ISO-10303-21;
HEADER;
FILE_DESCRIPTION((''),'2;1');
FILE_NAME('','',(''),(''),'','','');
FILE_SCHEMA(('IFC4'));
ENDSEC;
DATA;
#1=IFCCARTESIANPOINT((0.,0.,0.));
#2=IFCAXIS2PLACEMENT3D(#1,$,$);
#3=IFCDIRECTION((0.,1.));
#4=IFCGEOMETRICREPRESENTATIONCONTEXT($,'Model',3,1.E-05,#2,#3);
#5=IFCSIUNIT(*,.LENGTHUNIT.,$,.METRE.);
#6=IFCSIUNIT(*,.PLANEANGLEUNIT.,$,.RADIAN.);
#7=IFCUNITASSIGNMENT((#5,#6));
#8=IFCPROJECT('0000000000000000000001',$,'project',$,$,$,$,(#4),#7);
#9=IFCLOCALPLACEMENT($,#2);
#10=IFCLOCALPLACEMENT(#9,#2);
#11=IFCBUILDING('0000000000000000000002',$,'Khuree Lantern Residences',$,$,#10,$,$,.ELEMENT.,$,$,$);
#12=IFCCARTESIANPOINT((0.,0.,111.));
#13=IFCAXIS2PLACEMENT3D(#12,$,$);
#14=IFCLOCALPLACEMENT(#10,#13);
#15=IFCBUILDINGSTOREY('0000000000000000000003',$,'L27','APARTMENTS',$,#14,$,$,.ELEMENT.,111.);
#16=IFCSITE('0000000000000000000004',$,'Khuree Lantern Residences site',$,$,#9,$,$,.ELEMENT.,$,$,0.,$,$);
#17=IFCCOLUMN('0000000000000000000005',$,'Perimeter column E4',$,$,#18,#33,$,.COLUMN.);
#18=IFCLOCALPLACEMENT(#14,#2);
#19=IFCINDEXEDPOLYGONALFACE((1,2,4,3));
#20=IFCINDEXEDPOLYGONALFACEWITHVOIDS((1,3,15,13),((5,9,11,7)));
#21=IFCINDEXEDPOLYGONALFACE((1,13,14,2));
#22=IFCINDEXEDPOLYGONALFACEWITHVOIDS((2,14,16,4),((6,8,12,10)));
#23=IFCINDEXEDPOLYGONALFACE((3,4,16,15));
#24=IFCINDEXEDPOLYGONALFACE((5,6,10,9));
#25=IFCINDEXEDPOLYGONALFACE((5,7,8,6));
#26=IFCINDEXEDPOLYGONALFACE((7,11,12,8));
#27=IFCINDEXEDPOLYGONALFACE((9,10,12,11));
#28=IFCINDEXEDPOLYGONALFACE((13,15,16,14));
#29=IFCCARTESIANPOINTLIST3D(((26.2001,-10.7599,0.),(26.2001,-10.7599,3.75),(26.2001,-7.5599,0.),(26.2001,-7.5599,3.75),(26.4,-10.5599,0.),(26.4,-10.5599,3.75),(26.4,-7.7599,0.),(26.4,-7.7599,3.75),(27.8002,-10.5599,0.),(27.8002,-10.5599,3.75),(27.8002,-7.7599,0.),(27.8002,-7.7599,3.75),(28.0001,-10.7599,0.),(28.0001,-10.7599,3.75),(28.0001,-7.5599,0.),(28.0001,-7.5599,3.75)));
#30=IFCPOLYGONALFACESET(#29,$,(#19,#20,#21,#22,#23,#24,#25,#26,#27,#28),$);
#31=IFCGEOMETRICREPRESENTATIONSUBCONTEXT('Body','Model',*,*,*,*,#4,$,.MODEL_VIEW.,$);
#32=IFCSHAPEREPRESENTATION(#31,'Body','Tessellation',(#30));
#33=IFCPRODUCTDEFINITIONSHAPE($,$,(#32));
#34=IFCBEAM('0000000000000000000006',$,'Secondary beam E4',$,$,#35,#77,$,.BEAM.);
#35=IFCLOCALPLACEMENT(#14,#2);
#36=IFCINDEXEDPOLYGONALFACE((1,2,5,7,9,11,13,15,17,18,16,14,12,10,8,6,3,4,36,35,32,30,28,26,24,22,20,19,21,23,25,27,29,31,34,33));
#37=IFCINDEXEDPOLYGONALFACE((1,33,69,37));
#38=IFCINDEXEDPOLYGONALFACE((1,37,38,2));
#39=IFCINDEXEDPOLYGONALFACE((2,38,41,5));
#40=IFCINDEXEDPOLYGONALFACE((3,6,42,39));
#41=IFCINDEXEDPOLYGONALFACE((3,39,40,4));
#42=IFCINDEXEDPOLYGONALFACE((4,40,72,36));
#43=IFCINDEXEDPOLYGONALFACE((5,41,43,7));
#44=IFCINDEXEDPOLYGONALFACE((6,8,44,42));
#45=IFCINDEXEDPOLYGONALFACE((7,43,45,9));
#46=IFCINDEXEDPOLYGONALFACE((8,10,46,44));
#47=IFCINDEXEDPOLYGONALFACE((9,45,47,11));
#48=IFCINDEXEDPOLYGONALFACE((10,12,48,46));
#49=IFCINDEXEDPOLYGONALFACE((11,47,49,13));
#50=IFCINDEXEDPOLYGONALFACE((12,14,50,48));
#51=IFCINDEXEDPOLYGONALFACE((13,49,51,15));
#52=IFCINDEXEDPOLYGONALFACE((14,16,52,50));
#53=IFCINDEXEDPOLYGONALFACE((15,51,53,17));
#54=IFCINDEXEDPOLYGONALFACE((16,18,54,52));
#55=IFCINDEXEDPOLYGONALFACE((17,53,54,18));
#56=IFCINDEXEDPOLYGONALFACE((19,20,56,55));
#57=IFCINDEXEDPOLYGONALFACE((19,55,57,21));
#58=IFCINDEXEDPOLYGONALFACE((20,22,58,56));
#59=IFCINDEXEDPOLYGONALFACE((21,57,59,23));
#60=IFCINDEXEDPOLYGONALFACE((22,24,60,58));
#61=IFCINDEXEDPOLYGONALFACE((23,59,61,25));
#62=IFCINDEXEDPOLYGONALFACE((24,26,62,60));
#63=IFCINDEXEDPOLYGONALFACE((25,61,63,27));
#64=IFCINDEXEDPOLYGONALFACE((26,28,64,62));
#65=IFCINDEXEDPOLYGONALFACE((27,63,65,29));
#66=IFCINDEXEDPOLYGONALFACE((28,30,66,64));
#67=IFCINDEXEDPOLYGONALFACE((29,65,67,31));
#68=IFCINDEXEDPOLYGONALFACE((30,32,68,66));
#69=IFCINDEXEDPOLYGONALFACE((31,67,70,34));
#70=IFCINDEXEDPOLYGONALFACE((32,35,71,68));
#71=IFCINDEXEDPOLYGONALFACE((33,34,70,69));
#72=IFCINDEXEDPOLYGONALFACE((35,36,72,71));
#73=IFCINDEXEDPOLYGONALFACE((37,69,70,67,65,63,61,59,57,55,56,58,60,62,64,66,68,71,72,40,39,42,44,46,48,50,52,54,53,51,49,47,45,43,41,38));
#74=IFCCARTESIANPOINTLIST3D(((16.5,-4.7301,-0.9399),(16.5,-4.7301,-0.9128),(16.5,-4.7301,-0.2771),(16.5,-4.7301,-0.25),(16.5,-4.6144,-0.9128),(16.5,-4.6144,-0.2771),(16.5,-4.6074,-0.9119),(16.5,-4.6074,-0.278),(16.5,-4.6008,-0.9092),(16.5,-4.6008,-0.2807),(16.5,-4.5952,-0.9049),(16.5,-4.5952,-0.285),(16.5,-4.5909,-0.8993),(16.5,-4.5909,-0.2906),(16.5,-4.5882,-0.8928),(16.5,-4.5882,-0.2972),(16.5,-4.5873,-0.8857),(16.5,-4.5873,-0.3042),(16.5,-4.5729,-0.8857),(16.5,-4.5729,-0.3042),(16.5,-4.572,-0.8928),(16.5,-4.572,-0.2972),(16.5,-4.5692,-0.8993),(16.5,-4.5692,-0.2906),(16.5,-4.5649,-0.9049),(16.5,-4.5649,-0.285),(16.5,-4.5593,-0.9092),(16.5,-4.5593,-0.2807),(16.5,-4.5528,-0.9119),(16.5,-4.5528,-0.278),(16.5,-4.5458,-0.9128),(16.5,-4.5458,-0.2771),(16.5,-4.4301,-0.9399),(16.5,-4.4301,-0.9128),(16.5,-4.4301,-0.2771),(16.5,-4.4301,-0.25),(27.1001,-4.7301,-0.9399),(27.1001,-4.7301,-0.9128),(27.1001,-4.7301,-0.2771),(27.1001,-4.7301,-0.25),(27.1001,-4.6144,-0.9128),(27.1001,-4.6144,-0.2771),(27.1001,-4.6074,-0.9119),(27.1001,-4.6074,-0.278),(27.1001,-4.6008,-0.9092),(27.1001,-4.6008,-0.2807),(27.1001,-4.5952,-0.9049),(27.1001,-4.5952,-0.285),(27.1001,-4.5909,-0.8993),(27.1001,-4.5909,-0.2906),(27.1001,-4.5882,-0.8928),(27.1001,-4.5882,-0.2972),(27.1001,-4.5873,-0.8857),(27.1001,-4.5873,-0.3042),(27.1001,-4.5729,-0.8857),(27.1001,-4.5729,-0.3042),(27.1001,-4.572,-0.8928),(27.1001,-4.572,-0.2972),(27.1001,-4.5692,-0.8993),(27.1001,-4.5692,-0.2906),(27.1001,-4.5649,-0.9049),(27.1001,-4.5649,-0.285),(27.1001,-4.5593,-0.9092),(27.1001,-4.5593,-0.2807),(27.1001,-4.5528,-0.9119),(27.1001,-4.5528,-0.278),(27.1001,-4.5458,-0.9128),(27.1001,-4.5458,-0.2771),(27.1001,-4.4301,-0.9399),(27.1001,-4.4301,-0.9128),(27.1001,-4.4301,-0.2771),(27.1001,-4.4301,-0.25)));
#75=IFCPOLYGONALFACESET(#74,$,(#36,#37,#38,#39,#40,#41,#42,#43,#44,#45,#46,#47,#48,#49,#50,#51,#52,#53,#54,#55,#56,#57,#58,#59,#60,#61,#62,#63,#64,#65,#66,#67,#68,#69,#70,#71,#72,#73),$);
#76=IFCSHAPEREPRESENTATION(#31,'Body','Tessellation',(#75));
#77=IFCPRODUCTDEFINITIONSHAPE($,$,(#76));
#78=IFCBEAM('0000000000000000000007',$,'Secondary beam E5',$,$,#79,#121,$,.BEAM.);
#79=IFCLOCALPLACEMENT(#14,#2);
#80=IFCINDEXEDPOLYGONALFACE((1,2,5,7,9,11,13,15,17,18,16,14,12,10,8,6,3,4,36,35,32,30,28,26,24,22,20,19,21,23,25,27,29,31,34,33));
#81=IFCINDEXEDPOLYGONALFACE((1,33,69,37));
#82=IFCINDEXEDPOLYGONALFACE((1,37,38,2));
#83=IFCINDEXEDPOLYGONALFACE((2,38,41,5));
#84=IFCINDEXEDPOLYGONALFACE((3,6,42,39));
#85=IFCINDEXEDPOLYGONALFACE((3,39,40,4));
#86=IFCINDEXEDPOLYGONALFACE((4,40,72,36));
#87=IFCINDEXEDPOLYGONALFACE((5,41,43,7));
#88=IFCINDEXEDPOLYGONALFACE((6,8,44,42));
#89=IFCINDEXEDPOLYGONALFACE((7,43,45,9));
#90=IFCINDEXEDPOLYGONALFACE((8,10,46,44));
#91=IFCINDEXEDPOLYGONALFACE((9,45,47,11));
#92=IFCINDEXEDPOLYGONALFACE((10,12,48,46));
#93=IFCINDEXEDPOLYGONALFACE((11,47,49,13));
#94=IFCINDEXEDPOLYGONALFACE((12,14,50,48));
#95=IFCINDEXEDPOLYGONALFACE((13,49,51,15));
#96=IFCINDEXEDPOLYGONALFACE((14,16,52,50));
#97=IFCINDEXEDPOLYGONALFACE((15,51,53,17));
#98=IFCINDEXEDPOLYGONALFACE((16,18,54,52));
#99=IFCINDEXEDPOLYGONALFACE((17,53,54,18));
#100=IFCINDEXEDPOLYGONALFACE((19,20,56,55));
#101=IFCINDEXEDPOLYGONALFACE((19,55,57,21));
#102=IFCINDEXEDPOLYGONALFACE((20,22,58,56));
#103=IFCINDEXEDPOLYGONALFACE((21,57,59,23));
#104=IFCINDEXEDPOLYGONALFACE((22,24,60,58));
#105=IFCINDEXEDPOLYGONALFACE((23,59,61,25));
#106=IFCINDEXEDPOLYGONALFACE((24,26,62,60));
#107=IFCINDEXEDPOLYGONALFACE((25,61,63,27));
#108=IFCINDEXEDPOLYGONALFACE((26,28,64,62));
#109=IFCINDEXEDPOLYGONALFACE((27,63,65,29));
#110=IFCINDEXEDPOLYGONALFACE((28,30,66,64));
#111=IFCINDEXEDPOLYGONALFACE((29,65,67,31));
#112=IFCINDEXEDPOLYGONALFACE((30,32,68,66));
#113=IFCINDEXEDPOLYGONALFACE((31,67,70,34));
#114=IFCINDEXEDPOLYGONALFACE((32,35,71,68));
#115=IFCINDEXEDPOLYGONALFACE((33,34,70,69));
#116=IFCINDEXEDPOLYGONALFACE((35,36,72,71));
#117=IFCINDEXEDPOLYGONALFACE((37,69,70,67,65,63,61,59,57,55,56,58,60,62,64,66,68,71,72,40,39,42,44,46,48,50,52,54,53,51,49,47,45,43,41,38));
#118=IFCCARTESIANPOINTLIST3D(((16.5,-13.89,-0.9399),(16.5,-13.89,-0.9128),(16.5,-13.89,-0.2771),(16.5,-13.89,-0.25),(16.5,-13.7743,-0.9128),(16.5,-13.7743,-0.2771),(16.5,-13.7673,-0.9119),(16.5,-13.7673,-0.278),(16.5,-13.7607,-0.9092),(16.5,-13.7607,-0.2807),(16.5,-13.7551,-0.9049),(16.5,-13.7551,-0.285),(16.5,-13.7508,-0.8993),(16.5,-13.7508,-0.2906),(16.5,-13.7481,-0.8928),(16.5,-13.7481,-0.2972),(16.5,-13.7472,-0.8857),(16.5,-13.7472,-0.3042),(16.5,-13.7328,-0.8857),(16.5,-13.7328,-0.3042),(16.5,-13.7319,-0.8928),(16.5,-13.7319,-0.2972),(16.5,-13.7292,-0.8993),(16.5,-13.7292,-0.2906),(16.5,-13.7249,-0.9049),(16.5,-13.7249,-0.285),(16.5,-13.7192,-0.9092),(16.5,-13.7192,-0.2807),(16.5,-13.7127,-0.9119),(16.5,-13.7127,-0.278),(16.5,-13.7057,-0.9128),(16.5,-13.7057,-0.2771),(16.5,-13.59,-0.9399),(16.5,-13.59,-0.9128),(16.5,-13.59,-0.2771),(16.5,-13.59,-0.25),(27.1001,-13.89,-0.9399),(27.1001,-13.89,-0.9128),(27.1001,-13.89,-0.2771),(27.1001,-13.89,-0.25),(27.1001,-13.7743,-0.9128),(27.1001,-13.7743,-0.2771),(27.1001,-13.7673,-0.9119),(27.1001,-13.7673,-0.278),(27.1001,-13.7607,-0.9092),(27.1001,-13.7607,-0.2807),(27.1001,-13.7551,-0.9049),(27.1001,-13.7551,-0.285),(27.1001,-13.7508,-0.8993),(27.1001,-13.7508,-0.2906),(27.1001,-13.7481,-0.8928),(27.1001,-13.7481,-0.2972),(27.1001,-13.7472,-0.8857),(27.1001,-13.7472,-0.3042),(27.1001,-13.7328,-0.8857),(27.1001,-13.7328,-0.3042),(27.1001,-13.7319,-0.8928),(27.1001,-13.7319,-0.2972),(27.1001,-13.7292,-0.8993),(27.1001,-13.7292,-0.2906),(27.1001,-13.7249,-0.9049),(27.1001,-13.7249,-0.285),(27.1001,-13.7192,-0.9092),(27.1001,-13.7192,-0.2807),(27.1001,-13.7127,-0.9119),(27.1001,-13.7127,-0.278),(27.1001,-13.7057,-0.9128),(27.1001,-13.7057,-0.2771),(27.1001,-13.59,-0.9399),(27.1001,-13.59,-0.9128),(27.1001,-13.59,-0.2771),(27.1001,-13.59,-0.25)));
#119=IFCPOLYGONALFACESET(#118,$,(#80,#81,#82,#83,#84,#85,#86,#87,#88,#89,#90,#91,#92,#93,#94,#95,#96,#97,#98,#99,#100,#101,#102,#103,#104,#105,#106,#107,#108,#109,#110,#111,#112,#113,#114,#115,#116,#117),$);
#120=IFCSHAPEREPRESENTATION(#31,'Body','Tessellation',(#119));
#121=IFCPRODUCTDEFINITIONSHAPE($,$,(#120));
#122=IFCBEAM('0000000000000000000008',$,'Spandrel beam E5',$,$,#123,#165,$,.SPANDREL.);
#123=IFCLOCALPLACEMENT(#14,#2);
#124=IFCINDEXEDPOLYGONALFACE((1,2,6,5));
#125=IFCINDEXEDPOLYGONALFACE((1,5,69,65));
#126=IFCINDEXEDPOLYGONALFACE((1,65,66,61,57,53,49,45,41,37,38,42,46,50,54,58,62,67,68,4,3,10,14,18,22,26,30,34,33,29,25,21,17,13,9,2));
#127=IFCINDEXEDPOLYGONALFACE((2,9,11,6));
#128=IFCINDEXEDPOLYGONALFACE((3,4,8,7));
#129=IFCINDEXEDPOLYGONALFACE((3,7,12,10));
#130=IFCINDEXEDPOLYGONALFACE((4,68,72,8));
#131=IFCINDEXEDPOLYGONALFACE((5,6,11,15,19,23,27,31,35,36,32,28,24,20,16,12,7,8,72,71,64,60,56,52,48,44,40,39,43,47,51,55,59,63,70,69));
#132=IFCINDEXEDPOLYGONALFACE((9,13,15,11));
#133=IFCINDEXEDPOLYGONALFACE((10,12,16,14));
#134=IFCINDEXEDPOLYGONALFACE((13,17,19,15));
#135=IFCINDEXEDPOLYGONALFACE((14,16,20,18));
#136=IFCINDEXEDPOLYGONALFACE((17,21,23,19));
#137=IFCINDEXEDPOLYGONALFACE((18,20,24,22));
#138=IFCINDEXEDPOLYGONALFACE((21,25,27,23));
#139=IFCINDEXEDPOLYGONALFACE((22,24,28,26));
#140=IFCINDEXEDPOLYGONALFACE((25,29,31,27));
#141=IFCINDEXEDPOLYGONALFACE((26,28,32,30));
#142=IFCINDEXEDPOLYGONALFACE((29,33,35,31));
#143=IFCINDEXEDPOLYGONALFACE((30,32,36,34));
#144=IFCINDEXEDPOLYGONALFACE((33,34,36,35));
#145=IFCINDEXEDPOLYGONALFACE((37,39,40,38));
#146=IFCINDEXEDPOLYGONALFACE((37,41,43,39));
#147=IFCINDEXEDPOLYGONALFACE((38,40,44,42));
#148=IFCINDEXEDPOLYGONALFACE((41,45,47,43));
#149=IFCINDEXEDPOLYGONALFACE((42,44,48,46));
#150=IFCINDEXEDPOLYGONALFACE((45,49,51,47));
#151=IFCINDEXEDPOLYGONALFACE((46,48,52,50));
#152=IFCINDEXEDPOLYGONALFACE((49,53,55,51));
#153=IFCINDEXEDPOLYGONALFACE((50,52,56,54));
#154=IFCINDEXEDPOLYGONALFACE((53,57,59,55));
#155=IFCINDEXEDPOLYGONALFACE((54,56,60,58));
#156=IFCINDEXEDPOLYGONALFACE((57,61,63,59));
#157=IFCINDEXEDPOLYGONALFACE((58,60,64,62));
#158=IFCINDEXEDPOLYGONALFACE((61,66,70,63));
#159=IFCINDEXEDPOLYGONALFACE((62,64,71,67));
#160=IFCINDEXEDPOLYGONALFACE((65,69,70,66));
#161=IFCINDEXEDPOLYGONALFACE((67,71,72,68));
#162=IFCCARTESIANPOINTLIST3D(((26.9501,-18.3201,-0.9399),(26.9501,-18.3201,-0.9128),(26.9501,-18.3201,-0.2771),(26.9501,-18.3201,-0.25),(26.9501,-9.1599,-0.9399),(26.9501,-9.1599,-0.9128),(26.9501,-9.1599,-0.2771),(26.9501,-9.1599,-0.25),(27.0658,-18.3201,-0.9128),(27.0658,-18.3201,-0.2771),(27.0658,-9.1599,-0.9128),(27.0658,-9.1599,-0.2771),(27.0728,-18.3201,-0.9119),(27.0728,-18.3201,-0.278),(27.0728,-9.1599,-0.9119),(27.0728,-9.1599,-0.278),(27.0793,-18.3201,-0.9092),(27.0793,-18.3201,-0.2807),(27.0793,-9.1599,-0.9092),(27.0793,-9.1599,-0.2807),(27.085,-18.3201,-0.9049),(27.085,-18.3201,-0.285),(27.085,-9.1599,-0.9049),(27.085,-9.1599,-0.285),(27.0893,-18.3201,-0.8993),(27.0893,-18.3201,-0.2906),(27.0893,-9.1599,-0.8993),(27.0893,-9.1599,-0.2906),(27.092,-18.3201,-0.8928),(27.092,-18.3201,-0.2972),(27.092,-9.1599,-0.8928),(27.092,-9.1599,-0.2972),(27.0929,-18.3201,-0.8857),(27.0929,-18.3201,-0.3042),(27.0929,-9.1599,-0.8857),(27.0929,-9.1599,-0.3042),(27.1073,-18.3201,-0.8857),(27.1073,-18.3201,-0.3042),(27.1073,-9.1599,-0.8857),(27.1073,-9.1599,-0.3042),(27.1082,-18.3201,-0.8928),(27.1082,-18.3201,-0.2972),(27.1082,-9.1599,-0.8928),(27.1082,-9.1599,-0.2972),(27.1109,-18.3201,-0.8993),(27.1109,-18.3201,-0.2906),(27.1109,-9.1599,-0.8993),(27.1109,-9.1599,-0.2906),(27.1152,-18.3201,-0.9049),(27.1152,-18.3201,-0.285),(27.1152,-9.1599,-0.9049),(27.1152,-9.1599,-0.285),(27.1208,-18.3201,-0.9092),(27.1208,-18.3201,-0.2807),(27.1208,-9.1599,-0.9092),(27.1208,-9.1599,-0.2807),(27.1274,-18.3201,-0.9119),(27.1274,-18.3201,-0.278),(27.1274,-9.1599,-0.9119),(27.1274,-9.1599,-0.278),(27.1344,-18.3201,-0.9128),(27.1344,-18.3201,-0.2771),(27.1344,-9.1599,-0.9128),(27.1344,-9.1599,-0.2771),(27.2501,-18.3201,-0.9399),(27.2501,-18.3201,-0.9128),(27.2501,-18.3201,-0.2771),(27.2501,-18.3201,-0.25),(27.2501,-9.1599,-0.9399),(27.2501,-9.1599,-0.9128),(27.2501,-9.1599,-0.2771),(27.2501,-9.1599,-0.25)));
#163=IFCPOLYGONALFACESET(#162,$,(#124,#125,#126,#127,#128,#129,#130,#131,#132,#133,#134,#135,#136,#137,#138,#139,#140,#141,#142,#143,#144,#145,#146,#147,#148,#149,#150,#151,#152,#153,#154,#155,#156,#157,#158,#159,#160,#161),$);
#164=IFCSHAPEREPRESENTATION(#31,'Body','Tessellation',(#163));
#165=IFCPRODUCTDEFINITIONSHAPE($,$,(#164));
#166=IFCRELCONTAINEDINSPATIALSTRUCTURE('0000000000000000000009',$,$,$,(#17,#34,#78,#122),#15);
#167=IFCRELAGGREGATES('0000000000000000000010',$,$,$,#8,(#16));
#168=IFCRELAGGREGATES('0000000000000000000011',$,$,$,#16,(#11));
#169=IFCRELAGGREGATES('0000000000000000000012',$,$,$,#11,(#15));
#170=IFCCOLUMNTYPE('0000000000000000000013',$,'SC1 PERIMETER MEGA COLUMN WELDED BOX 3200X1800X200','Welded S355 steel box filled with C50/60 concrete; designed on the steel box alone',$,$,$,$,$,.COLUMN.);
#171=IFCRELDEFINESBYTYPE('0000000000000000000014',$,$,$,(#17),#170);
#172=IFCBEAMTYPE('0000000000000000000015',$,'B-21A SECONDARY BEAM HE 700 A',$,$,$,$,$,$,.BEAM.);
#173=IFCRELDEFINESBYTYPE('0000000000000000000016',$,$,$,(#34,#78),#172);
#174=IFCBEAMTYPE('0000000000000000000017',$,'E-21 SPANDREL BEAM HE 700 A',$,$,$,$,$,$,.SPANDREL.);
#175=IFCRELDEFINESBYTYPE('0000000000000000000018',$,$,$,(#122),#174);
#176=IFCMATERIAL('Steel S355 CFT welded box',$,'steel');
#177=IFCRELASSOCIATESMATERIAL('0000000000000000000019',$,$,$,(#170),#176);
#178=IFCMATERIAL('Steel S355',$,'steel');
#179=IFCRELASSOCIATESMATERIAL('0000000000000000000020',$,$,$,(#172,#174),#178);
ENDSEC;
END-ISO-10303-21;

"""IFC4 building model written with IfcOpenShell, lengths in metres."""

from ifc_helpers import new_model, si_unit, direction, frame, origin, origin_2d, place, context, subcontext, project, spatial, hollow_rectangle, i_section, extrude, material, material_profile, profile_set, type_object, element, save


model = new_model("IFC4")

# Units and contexts
model_context = context("Model", 3, precision=1e-05, world=origin(), true_north=direction((0.0, 1.0)))
body_context = subcontext(model_context, "Body", "Model", "MODEL_VIEW")
ifc_project = project(units=[si_unit("LENGTHUNIT", "METRE"), si_unit("PLANEANGLEUNIT", "RADIAN")], contexts=[model_context])

# Site, building, storey
site_placement = place(None, origin())
site = spatial("IfcSite", under=ifc_project, at=site_placement, Name="Khuree Lantern Residences site", CompositionType="ELEMENT", RefElevation=0.0)
building_placement = place(site_placement, origin())
building = spatial("IfcBuilding", under=site, at=building_placement, Name="Khuree Lantern Residences", CompositionType="ELEMENT")
storey_placement = place(building_placement, frame((0.0, 0.0, 111.0)))
storey = spatial("IfcBuildingStorey", under=building, at=storey_placement, Name="L27", Description="APARTMENTS", CompositionType="ELEMENT", Elevation=111.0)

# Column
ifc_material_1 = material(Name="Steel S355 CFT welded box", Category="steel")
ifc_material_profile_1 = material_profile(ifc_material_1, hollow_rectangle(XDim=3.2, YDim=1.8, WallThickness=0.2, at=origin_2d()), Name="WELDED BOX 3200X1800X200")
ifc_profile_set_1 = profile_set([ifc_material_profile_1], Name="Steel S355 CFT welded box")
column_type = type_object("IfcColumnType", Name="SC1 PERIMETER MEGA COLUMN WELDED BOX 3200X1800X200", Description="Welded S355 steel box filled with C50/60 concrete; designed on the steel box alone", PredefinedType="COLUMN", material=ifc_profile_set_1)
column_placement = place(storey_placement, frame((27.1001, -9.1599, 0.0), z_axis=(0.0, 0.0, 1.0), x_axis=(0.0, 1.0, 0.0)))
element("IfcColumn", 1, at=column_placement, inside=storey, type_object=column_type, Name="Perimeter column E4", PredefinedType="COLUMN", context=body_context, shape_type="SweptSolid", body=[
    extrude(hollow_rectangle(XDim=3.2, YDim=1.8, WallThickness=0.2, at=origin_2d()), origin(), (0.0, 0.0, 1.0), 3.75),
])

# Beams
ifc_material_2 = material(Name="Steel S355", Category="steel")
ifc_material_profile_2 = material_profile(ifc_material_2, i_section(OverallWidth=0.3, OverallDepth=0.6899, WebThickness=0.0144, FlangeThickness=0.0271, FilletRadius=0.0271, at=origin_2d()), Name="HE 700 A")
ifc_profile_set_2 = profile_set([ifc_material_profile_2], Name="Steel S355")
beam_type_1 = type_object("IfcBeamType", Name="B-21A SECONDARY BEAM HE 700 A", PredefinedType="BEAM", material=ifc_profile_set_2)
for number, where, z_axis, x_axis, name in (
    (2, (27.1001, -4.5801, -0.595), (-1.0, 0.0, 0.0), (0.0, -1.0, 0.0), "Secondary beam E4"),
    (3, (27.1001, -13.74, -0.595), (-1.0, 0.0, 0.0), (0.0, -1.0, 0.0), "Secondary beam E5"),
):
    element("IfcBeam", number, at=place(storey_placement, frame(where, z_axis=z_axis, x_axis=x_axis)), inside=storey, type_object=beam_type_1, Name=name, PredefinedType="BEAM", context=body_context, shape_type="SweptSolid", body=[
        extrude(i_section(OverallWidth=0.3, OverallDepth=0.6899, WebThickness=0.0144, FlangeThickness=0.0271, FilletRadius=0.0271, at=origin_2d()), origin(), (0.0, 0.0, 1.0), 10.6001),
    ])
ifc_material_profile_3 = material_profile(ifc_material_2, i_section(OverallWidth=0.3, OverallDepth=0.6899, WebThickness=0.0144, FlangeThickness=0.0271, FilletRadius=0.0271, at=origin_2d()), Name="HE 700 A")
ifc_profile_set_3 = profile_set([ifc_material_profile_3], Name="Steel S355")
beam_type_2 = type_object("IfcBeamType", Name="E-21 SPANDREL BEAM HE 700 A", PredefinedType="SPANDREL", material=ifc_profile_set_3)
beam_1_placement = place(storey_placement, frame((27.1001, -9.1599, -0.595), z_axis=(0.0, -1.0, 0.0), x_axis=(1.0, 0.0, 0.0)))
element("IfcBeam", 4, at=beam_1_placement, inside=storey, type_object=beam_type_2, Name="Spandrel beam E5", PredefinedType="SPANDREL", context=body_context, shape_type="SweptSolid", body=[
    extrude(i_section(OverallWidth=0.3, OverallDepth=0.6899, WebThickness=0.0144, FlangeThickness=0.0271, FilletRadius=0.0271, at=origin_2d()), origin(), (0.0, 0.0, 1.0), 9.1602),
])

save(model, "model.ifc")
